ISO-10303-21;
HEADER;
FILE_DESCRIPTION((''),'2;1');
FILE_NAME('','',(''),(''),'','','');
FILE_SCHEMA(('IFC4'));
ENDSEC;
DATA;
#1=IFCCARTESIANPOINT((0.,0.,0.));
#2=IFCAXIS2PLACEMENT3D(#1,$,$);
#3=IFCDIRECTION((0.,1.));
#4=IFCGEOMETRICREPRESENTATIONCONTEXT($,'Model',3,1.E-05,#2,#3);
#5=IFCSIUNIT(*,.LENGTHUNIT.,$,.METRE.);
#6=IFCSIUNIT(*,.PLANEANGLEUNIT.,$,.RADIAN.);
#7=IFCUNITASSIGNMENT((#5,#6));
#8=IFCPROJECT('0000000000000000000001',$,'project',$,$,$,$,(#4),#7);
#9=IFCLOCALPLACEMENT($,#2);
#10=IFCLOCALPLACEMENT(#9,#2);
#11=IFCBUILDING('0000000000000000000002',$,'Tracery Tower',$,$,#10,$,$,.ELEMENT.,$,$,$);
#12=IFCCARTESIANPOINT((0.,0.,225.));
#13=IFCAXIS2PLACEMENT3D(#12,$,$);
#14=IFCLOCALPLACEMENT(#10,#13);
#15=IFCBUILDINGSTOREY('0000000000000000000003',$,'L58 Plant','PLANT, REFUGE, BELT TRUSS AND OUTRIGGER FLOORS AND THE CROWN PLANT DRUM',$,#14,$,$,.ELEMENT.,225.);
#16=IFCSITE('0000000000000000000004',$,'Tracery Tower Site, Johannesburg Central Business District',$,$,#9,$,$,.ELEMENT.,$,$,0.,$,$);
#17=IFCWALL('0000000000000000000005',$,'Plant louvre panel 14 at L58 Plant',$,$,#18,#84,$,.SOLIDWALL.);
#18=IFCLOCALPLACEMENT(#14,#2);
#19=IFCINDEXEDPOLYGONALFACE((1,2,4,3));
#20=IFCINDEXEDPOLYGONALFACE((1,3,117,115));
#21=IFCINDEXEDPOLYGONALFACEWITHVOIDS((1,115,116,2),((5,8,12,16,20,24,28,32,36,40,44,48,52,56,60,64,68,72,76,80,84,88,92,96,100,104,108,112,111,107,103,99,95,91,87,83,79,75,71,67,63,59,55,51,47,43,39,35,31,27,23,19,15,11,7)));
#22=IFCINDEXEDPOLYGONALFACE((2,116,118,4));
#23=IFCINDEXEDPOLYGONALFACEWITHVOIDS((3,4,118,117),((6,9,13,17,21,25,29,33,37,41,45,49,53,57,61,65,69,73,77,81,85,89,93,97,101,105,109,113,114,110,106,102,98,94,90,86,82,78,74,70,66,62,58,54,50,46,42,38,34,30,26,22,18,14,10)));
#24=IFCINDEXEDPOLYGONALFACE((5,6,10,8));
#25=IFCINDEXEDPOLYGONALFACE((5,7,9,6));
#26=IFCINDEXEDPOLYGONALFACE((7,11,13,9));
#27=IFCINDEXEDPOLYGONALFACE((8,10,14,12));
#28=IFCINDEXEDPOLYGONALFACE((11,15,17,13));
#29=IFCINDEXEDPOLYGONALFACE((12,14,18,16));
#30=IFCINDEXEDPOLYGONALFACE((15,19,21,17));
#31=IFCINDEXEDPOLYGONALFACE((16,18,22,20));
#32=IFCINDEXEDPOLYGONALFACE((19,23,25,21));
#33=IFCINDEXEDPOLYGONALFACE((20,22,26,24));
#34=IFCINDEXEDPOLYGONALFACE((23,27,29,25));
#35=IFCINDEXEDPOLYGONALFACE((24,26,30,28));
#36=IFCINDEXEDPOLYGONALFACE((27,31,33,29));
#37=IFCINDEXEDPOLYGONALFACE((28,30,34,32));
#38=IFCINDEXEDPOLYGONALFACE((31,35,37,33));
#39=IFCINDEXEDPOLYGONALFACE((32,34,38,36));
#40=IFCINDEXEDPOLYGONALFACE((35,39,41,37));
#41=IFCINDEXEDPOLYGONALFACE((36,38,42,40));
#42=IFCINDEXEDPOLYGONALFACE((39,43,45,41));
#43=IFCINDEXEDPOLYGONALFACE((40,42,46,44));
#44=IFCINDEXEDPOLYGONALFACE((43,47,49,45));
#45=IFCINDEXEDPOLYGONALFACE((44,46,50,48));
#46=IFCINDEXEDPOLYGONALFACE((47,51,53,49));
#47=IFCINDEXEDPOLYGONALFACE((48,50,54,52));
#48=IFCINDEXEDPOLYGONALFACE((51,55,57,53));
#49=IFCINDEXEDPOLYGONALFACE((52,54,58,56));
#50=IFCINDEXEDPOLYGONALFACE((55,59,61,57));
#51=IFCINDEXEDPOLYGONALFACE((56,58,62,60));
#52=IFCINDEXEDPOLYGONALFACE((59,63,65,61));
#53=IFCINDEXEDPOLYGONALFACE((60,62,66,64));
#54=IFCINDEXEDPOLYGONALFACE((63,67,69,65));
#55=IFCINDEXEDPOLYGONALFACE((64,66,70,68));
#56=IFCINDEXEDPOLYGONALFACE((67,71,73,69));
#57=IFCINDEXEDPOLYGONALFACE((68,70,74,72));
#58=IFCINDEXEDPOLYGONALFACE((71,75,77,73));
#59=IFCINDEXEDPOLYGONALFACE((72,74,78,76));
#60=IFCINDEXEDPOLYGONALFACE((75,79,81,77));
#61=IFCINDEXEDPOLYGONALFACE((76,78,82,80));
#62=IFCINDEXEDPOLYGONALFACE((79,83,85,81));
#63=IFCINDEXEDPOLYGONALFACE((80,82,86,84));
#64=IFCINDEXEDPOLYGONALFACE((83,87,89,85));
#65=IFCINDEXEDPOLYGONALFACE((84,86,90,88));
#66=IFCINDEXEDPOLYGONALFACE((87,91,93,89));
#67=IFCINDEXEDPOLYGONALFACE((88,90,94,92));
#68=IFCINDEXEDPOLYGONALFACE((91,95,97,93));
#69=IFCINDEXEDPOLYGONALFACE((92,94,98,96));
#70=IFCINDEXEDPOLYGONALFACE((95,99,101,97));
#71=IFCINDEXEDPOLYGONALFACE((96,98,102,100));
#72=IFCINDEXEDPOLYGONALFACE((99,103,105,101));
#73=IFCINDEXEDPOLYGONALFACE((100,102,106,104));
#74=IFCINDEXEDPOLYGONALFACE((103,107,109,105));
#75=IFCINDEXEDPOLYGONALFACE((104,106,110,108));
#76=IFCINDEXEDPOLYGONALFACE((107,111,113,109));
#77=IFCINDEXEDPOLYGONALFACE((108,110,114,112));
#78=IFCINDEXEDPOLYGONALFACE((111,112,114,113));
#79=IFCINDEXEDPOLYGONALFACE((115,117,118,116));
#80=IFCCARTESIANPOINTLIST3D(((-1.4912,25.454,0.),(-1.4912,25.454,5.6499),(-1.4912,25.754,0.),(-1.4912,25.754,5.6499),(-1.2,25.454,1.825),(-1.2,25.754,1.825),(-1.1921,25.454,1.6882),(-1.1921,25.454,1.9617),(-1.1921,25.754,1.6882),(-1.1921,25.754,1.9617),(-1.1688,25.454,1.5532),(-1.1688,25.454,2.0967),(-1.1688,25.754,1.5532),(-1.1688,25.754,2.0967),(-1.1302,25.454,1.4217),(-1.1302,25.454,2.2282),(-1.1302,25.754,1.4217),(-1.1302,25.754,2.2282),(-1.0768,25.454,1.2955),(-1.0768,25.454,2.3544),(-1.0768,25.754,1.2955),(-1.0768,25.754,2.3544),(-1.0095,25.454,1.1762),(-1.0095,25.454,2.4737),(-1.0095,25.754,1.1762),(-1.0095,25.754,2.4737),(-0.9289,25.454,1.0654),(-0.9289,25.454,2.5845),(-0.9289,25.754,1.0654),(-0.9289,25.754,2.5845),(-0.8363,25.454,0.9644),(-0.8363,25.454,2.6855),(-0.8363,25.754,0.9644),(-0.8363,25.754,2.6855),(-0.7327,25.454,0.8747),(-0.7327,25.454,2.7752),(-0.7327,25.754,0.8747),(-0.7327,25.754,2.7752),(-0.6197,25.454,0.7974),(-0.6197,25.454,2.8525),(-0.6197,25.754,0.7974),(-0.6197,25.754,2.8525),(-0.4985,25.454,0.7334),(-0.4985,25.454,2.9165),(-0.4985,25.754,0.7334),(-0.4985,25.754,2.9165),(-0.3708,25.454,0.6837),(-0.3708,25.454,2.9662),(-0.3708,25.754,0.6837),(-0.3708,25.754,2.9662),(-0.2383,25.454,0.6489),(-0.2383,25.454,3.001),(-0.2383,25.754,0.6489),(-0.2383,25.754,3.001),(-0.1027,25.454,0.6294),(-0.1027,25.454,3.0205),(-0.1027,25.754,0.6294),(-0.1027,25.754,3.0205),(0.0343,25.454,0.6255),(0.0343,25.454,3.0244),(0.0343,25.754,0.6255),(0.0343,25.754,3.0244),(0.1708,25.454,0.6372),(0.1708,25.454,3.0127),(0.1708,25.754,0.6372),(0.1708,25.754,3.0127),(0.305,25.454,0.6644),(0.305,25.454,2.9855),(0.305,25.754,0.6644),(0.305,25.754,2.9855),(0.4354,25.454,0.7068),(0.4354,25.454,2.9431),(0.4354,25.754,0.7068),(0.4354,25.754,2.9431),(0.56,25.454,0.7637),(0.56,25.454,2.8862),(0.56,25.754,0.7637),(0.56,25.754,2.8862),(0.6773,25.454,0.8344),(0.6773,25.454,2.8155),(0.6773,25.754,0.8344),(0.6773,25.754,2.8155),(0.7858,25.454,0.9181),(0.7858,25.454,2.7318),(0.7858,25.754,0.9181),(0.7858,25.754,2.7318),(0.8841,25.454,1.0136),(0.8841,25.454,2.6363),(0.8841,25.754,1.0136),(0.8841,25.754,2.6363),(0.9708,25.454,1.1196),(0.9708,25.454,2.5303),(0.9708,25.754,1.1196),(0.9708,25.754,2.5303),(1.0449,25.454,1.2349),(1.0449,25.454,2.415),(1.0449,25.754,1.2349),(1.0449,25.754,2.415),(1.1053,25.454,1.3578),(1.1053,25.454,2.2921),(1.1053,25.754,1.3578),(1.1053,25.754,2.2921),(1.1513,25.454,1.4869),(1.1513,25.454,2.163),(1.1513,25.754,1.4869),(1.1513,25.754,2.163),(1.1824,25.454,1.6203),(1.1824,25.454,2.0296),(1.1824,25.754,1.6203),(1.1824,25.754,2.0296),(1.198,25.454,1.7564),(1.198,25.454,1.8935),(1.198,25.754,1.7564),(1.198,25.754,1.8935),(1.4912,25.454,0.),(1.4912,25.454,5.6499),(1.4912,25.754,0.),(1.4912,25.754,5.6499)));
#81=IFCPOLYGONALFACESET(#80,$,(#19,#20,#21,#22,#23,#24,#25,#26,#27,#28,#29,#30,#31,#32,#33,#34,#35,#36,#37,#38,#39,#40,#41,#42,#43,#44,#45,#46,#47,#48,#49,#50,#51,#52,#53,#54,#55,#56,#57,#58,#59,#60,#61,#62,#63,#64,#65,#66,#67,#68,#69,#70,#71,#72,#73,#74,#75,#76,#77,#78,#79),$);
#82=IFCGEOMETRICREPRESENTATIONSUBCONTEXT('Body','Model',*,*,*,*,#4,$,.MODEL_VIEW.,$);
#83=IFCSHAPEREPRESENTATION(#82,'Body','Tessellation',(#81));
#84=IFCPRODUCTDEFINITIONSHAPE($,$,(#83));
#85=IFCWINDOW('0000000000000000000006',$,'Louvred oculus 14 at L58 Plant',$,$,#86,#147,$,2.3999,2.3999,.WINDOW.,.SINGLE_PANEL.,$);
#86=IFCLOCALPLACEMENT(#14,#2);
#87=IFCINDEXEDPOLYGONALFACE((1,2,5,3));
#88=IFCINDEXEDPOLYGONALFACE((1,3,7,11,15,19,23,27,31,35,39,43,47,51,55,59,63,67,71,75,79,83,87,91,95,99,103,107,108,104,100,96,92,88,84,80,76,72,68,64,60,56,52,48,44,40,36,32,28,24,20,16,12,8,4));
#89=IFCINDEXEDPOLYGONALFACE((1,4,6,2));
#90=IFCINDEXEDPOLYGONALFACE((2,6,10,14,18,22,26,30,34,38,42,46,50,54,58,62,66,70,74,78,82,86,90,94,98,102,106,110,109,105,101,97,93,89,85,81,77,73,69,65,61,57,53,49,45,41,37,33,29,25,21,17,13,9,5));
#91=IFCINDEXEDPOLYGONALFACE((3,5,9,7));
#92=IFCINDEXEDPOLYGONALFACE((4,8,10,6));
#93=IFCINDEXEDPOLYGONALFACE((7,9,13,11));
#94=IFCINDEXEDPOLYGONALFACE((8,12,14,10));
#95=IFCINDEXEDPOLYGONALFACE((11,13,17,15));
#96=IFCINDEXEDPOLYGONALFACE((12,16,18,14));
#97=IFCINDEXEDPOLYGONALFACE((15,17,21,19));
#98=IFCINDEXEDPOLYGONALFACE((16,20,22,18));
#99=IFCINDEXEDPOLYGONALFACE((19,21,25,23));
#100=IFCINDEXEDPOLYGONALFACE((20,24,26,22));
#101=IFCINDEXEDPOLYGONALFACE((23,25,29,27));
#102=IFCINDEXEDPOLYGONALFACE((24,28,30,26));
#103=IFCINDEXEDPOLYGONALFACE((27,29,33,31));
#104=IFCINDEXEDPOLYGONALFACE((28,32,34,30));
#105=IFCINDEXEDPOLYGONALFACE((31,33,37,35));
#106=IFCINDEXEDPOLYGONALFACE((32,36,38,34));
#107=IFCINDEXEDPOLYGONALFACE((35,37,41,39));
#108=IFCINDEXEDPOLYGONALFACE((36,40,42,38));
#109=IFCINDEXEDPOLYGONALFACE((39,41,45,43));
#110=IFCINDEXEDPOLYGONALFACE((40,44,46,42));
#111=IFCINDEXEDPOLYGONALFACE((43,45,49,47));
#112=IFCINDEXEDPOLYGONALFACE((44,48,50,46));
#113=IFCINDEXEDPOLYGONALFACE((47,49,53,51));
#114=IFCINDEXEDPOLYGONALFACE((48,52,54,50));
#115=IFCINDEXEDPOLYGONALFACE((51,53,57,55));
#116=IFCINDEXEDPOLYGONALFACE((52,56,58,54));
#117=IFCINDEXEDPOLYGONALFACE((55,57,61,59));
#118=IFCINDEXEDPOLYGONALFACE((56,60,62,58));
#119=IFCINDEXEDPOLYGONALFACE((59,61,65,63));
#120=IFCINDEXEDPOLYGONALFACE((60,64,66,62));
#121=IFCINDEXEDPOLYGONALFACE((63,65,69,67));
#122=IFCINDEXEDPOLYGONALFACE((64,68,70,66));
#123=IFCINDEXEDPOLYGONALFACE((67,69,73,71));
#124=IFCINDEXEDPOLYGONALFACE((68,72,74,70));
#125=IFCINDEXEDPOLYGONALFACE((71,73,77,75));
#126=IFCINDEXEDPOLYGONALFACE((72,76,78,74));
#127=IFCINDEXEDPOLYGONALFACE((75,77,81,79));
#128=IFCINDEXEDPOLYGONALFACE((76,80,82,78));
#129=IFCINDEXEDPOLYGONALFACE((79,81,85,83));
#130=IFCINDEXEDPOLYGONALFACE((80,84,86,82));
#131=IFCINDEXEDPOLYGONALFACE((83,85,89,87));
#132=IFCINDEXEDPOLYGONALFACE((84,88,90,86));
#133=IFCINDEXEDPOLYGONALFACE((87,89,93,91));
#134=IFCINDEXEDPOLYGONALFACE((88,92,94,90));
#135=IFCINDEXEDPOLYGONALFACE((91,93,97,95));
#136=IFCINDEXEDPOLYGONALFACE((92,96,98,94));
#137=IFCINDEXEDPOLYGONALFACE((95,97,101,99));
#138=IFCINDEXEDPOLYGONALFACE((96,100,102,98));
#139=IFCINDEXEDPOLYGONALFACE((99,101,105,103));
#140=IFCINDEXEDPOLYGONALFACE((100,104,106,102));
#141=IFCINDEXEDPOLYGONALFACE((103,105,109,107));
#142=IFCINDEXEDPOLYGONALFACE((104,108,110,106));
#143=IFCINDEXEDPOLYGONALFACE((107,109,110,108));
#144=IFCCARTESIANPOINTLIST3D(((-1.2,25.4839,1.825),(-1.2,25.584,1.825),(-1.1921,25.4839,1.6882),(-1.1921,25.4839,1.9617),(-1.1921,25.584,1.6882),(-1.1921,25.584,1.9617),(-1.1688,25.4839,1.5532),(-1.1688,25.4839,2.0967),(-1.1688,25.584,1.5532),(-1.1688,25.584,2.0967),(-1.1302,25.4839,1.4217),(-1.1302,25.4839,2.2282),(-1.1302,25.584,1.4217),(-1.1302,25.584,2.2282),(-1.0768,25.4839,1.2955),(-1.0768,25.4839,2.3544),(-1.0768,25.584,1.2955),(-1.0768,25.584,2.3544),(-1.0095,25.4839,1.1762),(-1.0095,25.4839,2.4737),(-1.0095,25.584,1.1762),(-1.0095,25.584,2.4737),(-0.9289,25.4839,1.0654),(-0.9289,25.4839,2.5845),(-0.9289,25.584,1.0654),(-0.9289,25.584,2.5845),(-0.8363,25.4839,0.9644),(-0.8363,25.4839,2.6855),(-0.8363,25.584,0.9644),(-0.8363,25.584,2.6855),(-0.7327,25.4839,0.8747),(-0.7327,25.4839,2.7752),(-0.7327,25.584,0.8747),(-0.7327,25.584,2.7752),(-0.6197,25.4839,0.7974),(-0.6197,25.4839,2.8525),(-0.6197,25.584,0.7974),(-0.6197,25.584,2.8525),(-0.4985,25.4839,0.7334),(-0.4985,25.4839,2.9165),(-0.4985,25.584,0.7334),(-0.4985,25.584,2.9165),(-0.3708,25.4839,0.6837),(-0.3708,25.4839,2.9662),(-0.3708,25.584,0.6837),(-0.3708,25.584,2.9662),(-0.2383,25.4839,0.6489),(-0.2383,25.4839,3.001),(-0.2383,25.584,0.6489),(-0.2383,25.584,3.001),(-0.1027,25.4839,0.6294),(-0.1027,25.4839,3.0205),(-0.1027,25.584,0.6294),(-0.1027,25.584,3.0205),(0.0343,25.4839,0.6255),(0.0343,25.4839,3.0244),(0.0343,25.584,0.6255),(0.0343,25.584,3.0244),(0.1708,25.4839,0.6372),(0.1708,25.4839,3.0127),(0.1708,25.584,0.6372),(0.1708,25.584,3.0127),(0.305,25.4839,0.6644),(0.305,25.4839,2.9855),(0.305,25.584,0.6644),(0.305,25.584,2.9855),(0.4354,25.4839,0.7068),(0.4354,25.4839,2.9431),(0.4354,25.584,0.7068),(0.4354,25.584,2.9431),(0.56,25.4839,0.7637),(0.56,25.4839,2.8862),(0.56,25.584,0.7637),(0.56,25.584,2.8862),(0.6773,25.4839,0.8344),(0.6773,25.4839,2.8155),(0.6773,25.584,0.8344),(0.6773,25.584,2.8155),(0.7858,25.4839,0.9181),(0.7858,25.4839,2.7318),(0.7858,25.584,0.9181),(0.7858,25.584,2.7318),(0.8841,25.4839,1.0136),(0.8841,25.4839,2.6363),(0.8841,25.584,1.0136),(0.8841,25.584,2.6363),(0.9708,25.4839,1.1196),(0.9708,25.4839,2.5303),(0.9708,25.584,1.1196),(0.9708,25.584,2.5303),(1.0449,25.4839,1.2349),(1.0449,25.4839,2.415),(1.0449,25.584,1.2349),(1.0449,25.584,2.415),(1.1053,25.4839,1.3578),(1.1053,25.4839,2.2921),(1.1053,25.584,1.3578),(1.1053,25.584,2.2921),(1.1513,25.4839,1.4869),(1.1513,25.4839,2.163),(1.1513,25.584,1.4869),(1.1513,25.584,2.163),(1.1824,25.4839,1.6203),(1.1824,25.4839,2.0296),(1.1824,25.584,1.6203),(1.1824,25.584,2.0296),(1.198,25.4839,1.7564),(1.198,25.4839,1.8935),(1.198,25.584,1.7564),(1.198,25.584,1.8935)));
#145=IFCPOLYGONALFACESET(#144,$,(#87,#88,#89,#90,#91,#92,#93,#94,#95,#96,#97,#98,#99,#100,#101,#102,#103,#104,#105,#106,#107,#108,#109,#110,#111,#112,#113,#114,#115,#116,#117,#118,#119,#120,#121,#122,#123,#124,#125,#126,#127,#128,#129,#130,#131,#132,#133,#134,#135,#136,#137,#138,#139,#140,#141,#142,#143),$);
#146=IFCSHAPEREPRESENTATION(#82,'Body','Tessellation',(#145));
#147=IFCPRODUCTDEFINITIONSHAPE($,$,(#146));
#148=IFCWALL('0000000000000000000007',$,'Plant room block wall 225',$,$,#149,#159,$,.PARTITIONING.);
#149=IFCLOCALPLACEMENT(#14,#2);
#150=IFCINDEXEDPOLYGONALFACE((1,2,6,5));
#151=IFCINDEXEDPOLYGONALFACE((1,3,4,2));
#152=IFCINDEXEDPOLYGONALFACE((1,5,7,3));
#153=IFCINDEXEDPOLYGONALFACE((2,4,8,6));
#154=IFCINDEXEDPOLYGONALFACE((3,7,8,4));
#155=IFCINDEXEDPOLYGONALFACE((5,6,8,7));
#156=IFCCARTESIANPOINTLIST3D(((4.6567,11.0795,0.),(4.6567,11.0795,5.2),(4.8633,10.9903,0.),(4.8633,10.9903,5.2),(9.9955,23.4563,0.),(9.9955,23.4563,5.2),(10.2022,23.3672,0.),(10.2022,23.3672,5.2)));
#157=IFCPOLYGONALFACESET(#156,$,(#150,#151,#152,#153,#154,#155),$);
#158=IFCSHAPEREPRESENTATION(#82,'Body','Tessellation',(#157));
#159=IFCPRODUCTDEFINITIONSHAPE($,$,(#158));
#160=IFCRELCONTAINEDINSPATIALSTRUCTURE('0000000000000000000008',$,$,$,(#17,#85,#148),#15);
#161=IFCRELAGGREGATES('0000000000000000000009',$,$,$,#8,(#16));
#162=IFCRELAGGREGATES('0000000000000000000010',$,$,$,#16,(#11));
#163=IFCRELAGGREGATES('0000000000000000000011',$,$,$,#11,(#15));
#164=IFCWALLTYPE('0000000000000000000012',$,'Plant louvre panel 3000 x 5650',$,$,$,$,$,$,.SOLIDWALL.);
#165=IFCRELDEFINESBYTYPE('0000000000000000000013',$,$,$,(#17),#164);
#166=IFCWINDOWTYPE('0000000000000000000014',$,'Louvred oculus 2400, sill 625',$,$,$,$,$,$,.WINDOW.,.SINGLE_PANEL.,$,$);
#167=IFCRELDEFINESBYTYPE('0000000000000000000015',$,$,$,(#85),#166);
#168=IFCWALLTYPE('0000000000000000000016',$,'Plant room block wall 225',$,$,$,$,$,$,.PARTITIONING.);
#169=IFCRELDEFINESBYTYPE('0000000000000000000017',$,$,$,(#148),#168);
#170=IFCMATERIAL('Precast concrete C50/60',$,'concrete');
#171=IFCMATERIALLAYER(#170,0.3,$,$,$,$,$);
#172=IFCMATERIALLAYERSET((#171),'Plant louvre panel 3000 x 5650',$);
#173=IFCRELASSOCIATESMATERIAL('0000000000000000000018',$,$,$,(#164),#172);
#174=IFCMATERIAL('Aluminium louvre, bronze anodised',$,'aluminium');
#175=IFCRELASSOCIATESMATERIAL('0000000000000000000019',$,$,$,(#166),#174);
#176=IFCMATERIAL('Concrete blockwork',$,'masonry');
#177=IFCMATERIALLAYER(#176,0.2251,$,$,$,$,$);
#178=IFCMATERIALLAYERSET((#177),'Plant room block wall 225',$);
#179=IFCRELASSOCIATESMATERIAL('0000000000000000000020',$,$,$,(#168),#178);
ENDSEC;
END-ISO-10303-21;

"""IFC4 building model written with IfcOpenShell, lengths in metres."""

from ifc_helpers import new_model, si_unit, direction, frame, frame_2d, origin, origin_2d, place, context, subcontext, project, spatial, rectangle, circle, extrude, material, layer, layer_set, type_object, element, fill, save


model = new_model("IFC4")

# Units and contexts
model_context = context("Model", 3, precision=1e-05, world=origin(), true_north=direction((0.0, 1.0)))
body_context = subcontext(model_context, "Body", "Model", "MODEL_VIEW")
ifc_project = project(units=[si_unit("LENGTHUNIT", "METRE"), si_unit("PLANEANGLEUNIT", "RADIAN")], contexts=[model_context])

# Site, building, storey
site_placement = place(None, origin())
site = spatial("IfcSite", under=ifc_project, at=site_placement, Name="Tracery Tower Site, Johannesburg Central Business District", CompositionType="ELEMENT", RefElevation=0.0)
building_placement = place(site_placement, origin())
building = spatial("IfcBuilding", under=site, at=building_placement, Name="Tracery Tower", CompositionType="ELEMENT")
storey_placement = place(building_placement, frame((0.0, 0.0, 225.0)))
storey = spatial("IfcBuildingStorey", under=building, at=storey_placement, Name="L58 Plant", Description="PLANT, REFUGE, BELT TRUSS AND OUTRIGGER FLOORS AND THE CROWN PLANT DRUM", CompositionType="ELEMENT", Elevation=225.0)

# Wall, opening, window
ifc_material_1 = material(Name="Precast concrete C50/60", Category="concrete")
ifc_layer_1 = layer(ifc_material_1, 0.3)
ifc_layer_set_1 = layer_set([ifc_layer_1], Name="Plant louvre panel 3000 x 5650")
wall_type_1 = type_object("IfcWallType", Name="Plant louvre panel 3000 x 5650", PredefinedType="SOLIDWALL", material=ifc_layer_set_1)
ifc_material_2 = material(Name="Aluminium louvre, bronze anodised", Category="aluminium")
window_type = type_object("IfcWindowType", Name="Louvred oculus 2400, sill 625", PartitioningType="SINGLE_PANEL", PredefinedType="WINDOW", material=ifc_material_2)
wall_1_placement = place(storey_placement, frame((1.4912, 25.604, 0.0), z_axis=(0.0, 0.0, 1.0), x_axis=(-1.0, 0.0, 0.0)))
wall_1 = element("IfcWall", 1, at=wall_1_placement, inside=storey, type_object=wall_type_1, Name="Plant louvre panel 14 at L58 Plant", PredefinedType="SOLIDWALL", context=body_context, shape_type="SweptSolid", body=[
    extrude(rectangle(XDim=2.9824, YDim=0.3, at=frame_2d((1.4912, 0.0))), origin(), (0.0, 0.0, 1.0), 5.6499),
])
opening_1_placement = place(wall_1_placement, frame((1.4912, 0.0, 1.825)))
opening_1 = element("IfcOpeningElement", 2, at=opening_1_placement, cuts=wall_1, PredefinedType="OPENING", context=body_context, shape_type="SweptSolid", body=[
    extrude(circle(Radius=1.2, at=origin_2d()), frame((0.0, 0.1599, 0.0), z_axis=(0.0, -1.0, 0.0), x_axis=(1.0, 0.0, 0.0)), (0.0, 0.0, 1.0), 0.3201),
])
window_1_placement = place(opening_1_placement, origin())
window_1 = element("IfcWindow", 3, at=window_1_placement, inside=storey, type_object=window_type, Name="Louvred oculus 14 at L58 Plant", OverallHeight=2.3999, OverallWidth=2.3999, PartitioningType="SINGLE_PANEL", PredefinedType="WINDOW", context=body_context, shape_type="SweptSolid", body=[
    extrude(circle(Radius=1.2, at=origin_2d()), frame((0.0, 0.1201, 0.0), z_axis=(0.0, -1.0, 0.0), x_axis=(1.0, 0.0, 0.0)), (0.0, 0.0, 1.0), 0.1001),
])
fill(opening_1, window_1)

# Wall
ifc_material_3 = material(Name="Concrete blockwork", Category="masonry")
ifc_layer_2 = layer(ifc_material_3, 0.2251)
ifc_layer_set_2 = layer_set([ifc_layer_2], Name="Plant room block wall 225")
wall_type_2 = type_object("IfcWallType", Name="Plant room block wall 225", PredefinedType="PARTITIONING", material=ifc_layer_set_2)
wall_2_placement = place(storey_placement, frame((10.0989, 23.4119, 0.0), z_axis=(0.0, 0.0, 1.0), x_axis=(-0.396078, -0.918217, 0.0)))
element("IfcWall", 4, at=wall_2_placement, inside=storey, type_object=wall_type_2, Name="Plant room block wall 225", PredefinedType="PARTITIONING", context=body_context, shape_type="SweptSolid", body=[
    extrude(rectangle(XDim=13.4792, YDim=0.2251, at=frame_2d((6.7397, 0.0))), origin(), (0.0, 0.0, 1.0), 5.2),
])

save(model, "model.ifc")
